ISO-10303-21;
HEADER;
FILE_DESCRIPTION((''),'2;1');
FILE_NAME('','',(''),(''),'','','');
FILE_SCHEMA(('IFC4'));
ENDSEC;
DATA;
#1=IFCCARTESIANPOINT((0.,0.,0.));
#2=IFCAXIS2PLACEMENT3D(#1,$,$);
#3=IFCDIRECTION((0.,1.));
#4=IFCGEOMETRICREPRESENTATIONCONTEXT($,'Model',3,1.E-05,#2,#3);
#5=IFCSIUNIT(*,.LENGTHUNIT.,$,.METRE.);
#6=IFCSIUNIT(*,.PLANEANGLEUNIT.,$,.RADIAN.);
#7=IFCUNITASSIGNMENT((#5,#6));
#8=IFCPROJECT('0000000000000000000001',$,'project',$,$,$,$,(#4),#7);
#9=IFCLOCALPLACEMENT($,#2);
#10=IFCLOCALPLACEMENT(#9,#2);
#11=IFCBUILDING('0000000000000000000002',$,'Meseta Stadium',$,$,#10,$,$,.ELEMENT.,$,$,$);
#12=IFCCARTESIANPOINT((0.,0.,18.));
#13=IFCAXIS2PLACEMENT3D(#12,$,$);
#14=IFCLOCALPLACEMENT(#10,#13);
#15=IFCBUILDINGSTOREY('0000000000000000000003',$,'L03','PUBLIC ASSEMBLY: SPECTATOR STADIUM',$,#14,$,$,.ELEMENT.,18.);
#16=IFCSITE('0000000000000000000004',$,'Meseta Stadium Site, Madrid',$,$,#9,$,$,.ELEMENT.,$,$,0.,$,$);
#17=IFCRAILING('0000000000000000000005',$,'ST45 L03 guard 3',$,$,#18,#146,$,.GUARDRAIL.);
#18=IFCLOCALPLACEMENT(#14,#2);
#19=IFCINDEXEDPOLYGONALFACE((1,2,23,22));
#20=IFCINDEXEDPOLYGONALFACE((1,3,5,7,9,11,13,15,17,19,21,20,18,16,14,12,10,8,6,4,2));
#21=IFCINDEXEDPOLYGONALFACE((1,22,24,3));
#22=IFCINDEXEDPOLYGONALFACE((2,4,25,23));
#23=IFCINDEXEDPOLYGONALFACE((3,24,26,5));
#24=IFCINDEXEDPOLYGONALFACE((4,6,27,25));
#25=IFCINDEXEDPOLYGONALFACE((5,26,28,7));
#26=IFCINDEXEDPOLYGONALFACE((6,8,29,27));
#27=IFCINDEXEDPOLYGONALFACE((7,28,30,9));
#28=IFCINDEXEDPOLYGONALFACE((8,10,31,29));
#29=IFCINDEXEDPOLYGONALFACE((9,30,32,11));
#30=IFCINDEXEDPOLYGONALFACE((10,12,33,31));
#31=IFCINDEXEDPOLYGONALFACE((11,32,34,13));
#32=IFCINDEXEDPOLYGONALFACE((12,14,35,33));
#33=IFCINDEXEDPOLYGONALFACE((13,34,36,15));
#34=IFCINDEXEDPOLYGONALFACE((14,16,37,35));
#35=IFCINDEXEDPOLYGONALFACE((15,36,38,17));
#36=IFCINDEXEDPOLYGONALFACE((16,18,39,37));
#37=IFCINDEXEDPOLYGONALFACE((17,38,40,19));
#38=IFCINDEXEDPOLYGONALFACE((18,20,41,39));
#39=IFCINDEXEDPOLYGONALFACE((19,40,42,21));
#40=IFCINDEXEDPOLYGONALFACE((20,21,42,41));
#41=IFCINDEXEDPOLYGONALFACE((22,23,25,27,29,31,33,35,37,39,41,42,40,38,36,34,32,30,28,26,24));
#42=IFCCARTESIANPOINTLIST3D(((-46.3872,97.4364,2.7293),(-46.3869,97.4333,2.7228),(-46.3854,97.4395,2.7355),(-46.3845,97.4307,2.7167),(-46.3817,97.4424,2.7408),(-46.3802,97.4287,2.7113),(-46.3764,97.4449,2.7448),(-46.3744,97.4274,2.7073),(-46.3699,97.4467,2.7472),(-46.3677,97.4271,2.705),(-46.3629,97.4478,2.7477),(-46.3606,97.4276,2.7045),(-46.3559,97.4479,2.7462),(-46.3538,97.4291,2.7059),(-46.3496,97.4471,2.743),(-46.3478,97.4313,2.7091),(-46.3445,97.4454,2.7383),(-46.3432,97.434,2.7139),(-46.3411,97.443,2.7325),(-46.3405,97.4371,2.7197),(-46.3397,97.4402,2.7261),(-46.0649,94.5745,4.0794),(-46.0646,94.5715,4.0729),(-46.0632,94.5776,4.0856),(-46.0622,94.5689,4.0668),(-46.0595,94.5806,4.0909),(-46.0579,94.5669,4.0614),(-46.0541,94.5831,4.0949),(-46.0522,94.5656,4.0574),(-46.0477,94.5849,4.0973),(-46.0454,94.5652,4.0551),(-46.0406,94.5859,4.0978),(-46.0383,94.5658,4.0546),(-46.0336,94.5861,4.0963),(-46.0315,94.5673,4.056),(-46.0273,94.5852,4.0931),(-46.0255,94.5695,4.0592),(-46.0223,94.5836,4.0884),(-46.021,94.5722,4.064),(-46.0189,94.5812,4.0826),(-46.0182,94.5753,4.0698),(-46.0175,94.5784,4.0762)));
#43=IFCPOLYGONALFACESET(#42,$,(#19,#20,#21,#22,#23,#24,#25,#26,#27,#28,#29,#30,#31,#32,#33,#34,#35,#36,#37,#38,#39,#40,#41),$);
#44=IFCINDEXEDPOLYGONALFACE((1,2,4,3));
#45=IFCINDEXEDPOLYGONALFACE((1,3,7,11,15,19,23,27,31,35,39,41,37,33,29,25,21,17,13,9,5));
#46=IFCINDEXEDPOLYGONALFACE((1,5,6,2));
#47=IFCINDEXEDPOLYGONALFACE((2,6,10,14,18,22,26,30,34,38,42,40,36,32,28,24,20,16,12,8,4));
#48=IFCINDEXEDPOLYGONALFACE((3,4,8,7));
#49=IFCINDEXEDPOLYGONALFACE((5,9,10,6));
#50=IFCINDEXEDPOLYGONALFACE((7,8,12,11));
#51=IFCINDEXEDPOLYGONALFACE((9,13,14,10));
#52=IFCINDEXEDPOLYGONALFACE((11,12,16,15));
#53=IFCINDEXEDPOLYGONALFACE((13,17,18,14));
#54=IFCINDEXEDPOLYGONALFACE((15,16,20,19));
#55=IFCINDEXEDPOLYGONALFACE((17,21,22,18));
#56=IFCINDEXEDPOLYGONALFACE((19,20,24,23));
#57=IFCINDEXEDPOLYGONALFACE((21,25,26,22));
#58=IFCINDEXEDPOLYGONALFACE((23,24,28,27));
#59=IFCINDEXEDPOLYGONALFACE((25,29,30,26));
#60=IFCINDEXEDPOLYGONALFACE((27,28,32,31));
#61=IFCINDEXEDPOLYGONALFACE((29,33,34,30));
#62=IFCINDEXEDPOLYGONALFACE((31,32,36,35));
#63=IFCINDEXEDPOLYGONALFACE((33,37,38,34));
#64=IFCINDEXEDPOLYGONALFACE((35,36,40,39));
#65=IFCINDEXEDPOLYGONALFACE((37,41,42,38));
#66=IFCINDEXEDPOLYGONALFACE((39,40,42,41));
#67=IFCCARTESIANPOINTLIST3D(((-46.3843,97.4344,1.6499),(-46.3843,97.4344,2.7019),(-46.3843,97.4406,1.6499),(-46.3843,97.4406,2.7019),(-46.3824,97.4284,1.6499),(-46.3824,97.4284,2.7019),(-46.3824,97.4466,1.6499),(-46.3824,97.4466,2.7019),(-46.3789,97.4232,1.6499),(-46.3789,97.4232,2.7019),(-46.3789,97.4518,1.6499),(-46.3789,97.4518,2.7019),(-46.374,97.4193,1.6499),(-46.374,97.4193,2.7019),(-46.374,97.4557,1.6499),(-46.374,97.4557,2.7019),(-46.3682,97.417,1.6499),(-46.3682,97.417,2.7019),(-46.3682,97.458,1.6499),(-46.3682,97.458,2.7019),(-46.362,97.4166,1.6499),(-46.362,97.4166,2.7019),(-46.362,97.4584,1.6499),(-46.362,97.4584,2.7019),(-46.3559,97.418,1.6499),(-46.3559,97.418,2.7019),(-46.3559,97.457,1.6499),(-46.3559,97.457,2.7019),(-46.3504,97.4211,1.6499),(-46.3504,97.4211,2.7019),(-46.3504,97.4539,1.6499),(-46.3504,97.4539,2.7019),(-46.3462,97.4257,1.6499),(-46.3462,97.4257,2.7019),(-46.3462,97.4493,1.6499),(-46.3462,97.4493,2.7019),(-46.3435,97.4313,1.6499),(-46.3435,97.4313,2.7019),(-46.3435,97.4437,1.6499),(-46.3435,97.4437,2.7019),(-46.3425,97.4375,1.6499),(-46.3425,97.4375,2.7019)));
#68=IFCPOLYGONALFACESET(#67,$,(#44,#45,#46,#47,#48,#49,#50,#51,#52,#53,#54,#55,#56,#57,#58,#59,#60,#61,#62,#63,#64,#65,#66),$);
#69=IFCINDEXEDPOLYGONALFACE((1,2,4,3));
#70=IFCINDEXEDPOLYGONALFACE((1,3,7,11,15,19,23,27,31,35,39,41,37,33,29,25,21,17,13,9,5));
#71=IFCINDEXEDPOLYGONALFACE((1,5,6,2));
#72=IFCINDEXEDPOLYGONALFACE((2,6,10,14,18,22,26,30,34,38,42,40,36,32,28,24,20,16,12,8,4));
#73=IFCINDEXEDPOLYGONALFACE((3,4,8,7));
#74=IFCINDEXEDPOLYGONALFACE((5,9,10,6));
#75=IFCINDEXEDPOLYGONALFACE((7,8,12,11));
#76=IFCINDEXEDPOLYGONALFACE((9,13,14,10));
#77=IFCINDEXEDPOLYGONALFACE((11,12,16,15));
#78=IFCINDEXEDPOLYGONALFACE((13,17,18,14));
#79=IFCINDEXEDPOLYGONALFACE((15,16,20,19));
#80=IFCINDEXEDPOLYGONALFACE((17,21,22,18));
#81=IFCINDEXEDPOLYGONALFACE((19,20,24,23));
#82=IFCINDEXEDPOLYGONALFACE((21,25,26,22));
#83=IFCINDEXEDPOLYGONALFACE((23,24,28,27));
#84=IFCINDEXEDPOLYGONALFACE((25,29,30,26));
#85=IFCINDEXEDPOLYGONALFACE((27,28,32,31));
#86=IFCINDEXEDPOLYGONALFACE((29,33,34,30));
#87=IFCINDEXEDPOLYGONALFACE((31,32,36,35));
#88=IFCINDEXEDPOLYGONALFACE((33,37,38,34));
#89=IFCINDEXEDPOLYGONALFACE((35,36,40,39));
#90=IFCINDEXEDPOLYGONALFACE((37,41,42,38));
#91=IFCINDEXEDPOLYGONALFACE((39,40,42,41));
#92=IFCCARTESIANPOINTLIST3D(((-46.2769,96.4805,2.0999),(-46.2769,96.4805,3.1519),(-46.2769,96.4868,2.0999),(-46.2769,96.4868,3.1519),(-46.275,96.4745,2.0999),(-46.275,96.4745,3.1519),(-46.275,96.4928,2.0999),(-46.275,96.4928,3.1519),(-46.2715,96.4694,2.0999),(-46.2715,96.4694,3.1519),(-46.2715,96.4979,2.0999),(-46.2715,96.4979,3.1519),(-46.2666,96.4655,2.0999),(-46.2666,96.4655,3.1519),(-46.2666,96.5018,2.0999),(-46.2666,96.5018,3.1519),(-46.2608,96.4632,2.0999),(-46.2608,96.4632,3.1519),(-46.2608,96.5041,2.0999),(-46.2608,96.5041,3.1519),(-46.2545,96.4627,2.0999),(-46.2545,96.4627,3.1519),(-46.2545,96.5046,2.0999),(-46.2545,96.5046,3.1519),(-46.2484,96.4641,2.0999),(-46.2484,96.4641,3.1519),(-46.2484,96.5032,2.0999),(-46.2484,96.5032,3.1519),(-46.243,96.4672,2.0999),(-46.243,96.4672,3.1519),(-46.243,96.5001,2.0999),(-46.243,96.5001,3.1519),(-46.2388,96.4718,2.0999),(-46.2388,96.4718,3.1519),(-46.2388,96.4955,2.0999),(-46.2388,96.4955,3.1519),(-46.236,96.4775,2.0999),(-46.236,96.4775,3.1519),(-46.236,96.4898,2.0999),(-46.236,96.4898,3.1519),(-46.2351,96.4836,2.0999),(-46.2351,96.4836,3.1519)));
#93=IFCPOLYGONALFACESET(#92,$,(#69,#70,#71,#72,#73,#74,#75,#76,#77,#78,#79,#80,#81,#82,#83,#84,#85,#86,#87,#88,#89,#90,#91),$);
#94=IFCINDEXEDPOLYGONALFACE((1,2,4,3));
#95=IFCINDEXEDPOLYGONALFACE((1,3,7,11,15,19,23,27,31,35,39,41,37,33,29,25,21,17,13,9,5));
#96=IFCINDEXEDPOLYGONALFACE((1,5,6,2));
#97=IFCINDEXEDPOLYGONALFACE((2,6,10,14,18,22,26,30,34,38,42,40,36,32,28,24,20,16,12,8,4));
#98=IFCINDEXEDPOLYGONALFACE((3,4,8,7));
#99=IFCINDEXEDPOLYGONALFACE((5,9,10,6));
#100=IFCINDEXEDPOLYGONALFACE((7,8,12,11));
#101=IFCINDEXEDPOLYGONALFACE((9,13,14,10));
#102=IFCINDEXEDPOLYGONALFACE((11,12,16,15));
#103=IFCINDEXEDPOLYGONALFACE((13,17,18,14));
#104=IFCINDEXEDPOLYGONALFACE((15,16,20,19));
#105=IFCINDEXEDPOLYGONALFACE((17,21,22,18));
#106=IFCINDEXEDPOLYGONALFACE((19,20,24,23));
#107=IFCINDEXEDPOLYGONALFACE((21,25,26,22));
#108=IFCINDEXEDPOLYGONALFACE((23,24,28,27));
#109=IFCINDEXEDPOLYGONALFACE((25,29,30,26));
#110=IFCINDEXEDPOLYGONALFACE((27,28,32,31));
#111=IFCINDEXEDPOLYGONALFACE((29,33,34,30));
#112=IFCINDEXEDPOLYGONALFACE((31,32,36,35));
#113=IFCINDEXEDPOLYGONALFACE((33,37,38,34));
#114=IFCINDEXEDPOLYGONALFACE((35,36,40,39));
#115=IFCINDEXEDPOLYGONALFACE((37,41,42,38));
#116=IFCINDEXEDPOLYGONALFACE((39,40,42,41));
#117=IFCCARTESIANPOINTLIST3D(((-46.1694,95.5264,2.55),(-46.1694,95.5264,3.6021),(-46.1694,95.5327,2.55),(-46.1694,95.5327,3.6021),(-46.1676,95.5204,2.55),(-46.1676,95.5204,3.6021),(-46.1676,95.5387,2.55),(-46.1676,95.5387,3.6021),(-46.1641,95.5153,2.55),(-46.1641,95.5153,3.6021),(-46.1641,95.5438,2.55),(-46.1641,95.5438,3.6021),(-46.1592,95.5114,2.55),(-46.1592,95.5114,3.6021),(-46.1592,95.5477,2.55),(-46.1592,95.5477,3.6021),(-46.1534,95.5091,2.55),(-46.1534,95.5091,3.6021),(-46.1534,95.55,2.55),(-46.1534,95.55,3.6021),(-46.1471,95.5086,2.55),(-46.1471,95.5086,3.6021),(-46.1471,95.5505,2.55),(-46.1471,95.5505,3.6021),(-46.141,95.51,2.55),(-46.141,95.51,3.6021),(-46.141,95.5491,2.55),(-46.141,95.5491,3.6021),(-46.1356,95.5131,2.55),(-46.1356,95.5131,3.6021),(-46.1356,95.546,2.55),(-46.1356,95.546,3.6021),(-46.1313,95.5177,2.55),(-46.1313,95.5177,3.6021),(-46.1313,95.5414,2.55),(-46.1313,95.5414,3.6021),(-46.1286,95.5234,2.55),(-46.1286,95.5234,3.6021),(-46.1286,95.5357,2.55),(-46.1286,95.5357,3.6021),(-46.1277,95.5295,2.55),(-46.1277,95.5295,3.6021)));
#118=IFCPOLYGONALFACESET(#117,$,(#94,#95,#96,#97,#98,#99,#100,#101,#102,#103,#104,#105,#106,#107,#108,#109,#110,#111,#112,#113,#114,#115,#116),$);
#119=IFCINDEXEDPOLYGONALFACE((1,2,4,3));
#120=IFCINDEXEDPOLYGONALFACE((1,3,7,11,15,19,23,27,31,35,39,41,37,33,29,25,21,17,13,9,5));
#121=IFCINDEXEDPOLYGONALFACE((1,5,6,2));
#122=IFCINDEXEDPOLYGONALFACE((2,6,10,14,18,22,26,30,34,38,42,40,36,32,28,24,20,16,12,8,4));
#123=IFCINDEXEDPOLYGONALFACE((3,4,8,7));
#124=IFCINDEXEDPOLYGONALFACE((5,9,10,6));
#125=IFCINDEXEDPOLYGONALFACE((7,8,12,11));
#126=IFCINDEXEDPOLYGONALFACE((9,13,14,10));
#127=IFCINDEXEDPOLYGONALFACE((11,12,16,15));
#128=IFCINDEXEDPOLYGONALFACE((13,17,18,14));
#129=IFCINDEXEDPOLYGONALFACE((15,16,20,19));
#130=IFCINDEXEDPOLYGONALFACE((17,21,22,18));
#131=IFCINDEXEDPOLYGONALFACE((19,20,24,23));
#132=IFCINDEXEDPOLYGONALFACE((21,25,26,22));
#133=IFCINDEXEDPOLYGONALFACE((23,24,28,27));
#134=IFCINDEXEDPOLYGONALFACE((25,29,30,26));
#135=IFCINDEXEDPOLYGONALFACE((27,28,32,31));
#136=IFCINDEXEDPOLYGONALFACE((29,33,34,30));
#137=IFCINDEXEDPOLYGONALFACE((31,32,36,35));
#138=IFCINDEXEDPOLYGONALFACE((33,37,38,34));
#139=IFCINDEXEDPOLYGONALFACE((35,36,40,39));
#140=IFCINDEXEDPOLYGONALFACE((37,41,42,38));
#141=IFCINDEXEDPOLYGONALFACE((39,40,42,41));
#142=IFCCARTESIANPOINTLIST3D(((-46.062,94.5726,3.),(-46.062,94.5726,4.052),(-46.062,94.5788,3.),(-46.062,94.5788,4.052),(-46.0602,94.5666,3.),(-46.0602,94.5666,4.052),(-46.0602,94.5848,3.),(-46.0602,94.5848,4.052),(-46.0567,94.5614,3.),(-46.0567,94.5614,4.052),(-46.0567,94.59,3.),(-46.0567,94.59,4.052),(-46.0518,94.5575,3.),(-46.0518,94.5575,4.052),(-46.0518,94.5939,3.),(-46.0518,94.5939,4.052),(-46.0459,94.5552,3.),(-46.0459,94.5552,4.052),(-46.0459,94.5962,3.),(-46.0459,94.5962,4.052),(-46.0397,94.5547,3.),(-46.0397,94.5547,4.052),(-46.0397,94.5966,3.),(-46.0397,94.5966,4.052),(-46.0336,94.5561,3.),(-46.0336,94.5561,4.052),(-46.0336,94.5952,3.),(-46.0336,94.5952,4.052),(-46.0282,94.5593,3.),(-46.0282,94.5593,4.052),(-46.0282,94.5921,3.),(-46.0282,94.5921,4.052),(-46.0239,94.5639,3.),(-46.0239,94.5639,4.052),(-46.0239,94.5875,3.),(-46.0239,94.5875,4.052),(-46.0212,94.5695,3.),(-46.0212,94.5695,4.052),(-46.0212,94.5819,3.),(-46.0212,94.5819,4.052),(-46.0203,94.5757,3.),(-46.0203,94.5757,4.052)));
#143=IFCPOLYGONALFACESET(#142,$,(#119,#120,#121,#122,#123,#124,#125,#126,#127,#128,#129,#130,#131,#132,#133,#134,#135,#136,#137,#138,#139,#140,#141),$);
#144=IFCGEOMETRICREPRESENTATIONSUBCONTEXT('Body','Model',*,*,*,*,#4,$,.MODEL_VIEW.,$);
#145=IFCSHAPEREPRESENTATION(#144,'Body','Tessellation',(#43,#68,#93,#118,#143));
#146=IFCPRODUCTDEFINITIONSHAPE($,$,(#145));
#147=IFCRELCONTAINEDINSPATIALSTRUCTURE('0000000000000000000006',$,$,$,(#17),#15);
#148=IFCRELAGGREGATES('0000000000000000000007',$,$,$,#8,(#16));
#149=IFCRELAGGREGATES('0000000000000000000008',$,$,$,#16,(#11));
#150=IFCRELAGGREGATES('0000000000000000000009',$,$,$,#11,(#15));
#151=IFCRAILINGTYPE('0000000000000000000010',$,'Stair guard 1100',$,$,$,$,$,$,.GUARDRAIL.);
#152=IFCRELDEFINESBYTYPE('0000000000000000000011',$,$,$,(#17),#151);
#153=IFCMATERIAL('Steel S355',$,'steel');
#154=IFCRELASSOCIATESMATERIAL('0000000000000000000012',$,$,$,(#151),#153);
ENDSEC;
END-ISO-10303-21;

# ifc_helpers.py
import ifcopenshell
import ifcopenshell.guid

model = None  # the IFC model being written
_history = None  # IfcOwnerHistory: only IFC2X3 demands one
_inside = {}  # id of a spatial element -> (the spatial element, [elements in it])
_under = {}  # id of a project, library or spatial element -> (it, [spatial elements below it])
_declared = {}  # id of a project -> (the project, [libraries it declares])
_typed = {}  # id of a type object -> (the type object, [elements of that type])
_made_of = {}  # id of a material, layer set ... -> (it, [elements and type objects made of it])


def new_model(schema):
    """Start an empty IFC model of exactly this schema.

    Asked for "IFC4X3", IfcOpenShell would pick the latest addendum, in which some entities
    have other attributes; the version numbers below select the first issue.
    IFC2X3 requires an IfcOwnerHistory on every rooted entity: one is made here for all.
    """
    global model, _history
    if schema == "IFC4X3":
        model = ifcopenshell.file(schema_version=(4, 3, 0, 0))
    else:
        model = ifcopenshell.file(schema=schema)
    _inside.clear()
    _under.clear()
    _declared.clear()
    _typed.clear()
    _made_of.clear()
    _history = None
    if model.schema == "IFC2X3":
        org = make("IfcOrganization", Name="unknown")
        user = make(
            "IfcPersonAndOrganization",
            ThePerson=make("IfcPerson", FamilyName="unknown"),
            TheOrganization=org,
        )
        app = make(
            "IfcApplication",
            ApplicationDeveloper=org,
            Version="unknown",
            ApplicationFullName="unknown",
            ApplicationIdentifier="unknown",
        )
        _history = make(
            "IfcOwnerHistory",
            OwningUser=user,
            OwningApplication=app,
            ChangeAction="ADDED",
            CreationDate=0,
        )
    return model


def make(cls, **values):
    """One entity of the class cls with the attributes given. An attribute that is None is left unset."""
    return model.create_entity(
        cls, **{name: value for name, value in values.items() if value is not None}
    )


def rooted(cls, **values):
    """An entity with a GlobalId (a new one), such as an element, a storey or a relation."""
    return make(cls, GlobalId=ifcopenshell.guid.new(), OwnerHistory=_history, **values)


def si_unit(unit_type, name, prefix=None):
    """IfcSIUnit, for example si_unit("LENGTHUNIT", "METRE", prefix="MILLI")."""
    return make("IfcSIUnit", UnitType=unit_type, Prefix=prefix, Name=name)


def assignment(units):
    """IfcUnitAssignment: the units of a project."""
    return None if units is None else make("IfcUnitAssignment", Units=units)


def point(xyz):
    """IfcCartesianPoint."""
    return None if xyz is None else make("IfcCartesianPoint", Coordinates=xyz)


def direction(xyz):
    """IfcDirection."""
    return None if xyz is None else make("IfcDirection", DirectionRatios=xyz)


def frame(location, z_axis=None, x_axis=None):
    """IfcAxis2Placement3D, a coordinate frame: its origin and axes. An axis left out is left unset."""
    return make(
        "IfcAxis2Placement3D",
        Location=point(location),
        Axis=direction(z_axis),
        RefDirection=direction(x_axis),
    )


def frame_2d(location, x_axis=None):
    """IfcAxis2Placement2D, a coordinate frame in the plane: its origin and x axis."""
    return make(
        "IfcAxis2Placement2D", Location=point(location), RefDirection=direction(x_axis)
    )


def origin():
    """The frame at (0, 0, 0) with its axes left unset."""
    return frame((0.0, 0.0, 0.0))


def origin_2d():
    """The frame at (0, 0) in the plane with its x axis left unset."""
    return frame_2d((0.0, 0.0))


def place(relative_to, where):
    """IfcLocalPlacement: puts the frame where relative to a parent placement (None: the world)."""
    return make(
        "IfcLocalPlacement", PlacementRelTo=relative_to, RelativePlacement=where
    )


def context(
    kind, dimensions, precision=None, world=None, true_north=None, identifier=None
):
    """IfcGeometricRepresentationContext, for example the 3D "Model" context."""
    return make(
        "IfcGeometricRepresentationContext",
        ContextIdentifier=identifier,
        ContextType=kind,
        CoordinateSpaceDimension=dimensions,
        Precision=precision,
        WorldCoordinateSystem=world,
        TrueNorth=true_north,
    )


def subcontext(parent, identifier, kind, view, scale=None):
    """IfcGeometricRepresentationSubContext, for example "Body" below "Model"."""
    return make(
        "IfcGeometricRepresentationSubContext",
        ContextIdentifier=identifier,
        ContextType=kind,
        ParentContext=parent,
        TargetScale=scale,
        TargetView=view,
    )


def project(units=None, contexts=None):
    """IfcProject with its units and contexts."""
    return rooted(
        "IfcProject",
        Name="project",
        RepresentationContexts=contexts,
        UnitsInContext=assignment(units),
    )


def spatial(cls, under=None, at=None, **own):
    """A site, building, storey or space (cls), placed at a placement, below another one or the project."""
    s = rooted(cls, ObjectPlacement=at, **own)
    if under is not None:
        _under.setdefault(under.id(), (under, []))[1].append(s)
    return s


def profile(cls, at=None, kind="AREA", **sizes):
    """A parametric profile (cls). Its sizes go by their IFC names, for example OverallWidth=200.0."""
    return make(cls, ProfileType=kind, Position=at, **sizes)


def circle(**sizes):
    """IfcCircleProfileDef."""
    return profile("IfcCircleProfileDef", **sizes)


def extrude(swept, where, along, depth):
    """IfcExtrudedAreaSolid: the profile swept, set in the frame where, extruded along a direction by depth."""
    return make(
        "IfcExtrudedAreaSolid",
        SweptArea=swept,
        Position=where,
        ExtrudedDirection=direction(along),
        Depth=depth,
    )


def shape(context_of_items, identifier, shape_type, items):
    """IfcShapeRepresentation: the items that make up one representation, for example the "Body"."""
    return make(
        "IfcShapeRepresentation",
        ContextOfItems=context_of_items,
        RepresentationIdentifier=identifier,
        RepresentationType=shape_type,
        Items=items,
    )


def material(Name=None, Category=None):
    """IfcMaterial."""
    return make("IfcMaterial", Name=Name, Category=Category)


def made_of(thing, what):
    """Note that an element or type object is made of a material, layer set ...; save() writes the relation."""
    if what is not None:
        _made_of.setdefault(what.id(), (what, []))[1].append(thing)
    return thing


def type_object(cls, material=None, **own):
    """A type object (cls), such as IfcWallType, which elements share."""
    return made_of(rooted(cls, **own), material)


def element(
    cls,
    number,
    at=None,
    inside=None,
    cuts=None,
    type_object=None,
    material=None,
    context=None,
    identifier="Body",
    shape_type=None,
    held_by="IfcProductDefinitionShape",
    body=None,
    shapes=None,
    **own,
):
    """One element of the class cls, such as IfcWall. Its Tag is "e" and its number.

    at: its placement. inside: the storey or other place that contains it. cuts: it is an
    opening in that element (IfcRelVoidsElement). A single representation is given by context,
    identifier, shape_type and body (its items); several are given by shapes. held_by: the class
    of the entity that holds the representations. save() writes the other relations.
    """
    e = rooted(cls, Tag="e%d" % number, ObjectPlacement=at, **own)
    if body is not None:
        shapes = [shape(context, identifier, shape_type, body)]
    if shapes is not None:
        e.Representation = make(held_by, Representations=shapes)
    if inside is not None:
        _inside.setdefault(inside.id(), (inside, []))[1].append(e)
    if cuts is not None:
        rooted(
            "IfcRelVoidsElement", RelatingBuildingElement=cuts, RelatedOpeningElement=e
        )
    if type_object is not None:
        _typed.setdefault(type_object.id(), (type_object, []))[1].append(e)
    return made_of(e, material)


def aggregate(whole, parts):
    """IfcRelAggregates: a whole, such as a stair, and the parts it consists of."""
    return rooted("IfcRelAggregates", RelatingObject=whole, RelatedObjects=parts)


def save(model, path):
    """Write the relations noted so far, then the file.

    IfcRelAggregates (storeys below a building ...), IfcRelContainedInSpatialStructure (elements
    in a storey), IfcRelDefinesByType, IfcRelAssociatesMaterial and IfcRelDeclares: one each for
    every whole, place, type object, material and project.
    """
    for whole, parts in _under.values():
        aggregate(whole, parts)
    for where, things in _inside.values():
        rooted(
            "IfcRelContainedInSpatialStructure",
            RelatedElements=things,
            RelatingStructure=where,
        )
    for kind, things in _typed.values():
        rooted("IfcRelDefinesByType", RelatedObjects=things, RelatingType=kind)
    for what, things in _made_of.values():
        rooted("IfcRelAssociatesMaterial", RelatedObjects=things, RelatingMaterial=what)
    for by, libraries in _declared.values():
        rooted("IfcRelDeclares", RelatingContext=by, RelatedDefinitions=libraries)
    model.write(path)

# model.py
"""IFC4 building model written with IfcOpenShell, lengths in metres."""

from ifc_helpers import new_model, si_unit, direction, frame, origin, origin_2d, place, context, subcontext, project, spatial, circle, extrude, material, type_object, element, save


model = new_model("IFC4")

# Units and contexts
model_context = context("Model", 3, precision=1e-05, world=origin(), true_north=direction((0.0, 1.0)))
body_context = subcontext(model_context, "Body", "Model", "MODEL_VIEW")
ifc_project = project(units=[si_unit("LENGTHUNIT", "METRE"), si_unit("PLANEANGLEUNIT", "RADIAN")], contexts=[model_context])

# Site, building, storey
site_placement = place(None, origin())
site = spatial("IfcSite", under=ifc_project, at=site_placement, Name="Meseta Stadium Site, Madrid", CompositionType="ELEMENT", RefElevation=0.0)
building_placement = place(site_placement, origin())
building = spatial("IfcBuilding", under=site, at=building_placement, Name="Meseta Stadium", CompositionType="ELEMENT")
storey_placement = place(building_placement, frame((0.0, 0.0, 18.0)))
storey = spatial("IfcBuildingStorey", under=building, at=storey_placement, Name="L03", Description="PUBLIC ASSEMBLY: SPECTATOR STADIUM", CompositionType="ELEMENT", Elevation=18.0)

# Railing
ifc_material_1 = material(Name="Steel S355", Category="steel")
railing_type_1 = type_object("IfcRailingType", Name="Stair guard 1100", PredefinedType="GUARDRAIL", material=ifc_material_1)
railing_1_placement = place(storey_placement, frame((-46.3635, 97.4375, 1.6499)))
element("IfcRailing", 1, at=railing_1_placement, inside=storey, type_object=railing_type_1, Name="ST45 L03 guard 3", PredefinedType="GUARDRAIL", context=body_context, shape_type="SweptSolid", body=[
    extrude(circle(Radius=0.0239, at=origin_2d()), frame((0.0, 0.0, 1.0762), z_axis=(0.10132, -0.899755, 0.424471), x_axis=(0.993719, 0.111902, 0.0)), (0.0, 0.0, 1.0), 3.1807),
    extrude(circle(Radius=0.021, at=origin_2d()), origin(), (0.0, 0.0, 1.0), 1.052),
    extrude(circle(Radius=0.021, at=origin_2d()), frame((0.1074, -0.9539, 0.45)), (0.0, 0.0, 1.0), 1.052),
    extrude(circle(Radius=0.021, at=origin_2d()), frame((0.2148, -1.908, 0.9001)), (0.0, 0.0, 1.0), 1.052),
    extrude(circle(Radius=0.021, at=origin_2d()), frame((0.3223, -2.8618, 1.3501)), (0.0, 0.0, 1.0), 1.052),
])

save(model, "model.ifc")
